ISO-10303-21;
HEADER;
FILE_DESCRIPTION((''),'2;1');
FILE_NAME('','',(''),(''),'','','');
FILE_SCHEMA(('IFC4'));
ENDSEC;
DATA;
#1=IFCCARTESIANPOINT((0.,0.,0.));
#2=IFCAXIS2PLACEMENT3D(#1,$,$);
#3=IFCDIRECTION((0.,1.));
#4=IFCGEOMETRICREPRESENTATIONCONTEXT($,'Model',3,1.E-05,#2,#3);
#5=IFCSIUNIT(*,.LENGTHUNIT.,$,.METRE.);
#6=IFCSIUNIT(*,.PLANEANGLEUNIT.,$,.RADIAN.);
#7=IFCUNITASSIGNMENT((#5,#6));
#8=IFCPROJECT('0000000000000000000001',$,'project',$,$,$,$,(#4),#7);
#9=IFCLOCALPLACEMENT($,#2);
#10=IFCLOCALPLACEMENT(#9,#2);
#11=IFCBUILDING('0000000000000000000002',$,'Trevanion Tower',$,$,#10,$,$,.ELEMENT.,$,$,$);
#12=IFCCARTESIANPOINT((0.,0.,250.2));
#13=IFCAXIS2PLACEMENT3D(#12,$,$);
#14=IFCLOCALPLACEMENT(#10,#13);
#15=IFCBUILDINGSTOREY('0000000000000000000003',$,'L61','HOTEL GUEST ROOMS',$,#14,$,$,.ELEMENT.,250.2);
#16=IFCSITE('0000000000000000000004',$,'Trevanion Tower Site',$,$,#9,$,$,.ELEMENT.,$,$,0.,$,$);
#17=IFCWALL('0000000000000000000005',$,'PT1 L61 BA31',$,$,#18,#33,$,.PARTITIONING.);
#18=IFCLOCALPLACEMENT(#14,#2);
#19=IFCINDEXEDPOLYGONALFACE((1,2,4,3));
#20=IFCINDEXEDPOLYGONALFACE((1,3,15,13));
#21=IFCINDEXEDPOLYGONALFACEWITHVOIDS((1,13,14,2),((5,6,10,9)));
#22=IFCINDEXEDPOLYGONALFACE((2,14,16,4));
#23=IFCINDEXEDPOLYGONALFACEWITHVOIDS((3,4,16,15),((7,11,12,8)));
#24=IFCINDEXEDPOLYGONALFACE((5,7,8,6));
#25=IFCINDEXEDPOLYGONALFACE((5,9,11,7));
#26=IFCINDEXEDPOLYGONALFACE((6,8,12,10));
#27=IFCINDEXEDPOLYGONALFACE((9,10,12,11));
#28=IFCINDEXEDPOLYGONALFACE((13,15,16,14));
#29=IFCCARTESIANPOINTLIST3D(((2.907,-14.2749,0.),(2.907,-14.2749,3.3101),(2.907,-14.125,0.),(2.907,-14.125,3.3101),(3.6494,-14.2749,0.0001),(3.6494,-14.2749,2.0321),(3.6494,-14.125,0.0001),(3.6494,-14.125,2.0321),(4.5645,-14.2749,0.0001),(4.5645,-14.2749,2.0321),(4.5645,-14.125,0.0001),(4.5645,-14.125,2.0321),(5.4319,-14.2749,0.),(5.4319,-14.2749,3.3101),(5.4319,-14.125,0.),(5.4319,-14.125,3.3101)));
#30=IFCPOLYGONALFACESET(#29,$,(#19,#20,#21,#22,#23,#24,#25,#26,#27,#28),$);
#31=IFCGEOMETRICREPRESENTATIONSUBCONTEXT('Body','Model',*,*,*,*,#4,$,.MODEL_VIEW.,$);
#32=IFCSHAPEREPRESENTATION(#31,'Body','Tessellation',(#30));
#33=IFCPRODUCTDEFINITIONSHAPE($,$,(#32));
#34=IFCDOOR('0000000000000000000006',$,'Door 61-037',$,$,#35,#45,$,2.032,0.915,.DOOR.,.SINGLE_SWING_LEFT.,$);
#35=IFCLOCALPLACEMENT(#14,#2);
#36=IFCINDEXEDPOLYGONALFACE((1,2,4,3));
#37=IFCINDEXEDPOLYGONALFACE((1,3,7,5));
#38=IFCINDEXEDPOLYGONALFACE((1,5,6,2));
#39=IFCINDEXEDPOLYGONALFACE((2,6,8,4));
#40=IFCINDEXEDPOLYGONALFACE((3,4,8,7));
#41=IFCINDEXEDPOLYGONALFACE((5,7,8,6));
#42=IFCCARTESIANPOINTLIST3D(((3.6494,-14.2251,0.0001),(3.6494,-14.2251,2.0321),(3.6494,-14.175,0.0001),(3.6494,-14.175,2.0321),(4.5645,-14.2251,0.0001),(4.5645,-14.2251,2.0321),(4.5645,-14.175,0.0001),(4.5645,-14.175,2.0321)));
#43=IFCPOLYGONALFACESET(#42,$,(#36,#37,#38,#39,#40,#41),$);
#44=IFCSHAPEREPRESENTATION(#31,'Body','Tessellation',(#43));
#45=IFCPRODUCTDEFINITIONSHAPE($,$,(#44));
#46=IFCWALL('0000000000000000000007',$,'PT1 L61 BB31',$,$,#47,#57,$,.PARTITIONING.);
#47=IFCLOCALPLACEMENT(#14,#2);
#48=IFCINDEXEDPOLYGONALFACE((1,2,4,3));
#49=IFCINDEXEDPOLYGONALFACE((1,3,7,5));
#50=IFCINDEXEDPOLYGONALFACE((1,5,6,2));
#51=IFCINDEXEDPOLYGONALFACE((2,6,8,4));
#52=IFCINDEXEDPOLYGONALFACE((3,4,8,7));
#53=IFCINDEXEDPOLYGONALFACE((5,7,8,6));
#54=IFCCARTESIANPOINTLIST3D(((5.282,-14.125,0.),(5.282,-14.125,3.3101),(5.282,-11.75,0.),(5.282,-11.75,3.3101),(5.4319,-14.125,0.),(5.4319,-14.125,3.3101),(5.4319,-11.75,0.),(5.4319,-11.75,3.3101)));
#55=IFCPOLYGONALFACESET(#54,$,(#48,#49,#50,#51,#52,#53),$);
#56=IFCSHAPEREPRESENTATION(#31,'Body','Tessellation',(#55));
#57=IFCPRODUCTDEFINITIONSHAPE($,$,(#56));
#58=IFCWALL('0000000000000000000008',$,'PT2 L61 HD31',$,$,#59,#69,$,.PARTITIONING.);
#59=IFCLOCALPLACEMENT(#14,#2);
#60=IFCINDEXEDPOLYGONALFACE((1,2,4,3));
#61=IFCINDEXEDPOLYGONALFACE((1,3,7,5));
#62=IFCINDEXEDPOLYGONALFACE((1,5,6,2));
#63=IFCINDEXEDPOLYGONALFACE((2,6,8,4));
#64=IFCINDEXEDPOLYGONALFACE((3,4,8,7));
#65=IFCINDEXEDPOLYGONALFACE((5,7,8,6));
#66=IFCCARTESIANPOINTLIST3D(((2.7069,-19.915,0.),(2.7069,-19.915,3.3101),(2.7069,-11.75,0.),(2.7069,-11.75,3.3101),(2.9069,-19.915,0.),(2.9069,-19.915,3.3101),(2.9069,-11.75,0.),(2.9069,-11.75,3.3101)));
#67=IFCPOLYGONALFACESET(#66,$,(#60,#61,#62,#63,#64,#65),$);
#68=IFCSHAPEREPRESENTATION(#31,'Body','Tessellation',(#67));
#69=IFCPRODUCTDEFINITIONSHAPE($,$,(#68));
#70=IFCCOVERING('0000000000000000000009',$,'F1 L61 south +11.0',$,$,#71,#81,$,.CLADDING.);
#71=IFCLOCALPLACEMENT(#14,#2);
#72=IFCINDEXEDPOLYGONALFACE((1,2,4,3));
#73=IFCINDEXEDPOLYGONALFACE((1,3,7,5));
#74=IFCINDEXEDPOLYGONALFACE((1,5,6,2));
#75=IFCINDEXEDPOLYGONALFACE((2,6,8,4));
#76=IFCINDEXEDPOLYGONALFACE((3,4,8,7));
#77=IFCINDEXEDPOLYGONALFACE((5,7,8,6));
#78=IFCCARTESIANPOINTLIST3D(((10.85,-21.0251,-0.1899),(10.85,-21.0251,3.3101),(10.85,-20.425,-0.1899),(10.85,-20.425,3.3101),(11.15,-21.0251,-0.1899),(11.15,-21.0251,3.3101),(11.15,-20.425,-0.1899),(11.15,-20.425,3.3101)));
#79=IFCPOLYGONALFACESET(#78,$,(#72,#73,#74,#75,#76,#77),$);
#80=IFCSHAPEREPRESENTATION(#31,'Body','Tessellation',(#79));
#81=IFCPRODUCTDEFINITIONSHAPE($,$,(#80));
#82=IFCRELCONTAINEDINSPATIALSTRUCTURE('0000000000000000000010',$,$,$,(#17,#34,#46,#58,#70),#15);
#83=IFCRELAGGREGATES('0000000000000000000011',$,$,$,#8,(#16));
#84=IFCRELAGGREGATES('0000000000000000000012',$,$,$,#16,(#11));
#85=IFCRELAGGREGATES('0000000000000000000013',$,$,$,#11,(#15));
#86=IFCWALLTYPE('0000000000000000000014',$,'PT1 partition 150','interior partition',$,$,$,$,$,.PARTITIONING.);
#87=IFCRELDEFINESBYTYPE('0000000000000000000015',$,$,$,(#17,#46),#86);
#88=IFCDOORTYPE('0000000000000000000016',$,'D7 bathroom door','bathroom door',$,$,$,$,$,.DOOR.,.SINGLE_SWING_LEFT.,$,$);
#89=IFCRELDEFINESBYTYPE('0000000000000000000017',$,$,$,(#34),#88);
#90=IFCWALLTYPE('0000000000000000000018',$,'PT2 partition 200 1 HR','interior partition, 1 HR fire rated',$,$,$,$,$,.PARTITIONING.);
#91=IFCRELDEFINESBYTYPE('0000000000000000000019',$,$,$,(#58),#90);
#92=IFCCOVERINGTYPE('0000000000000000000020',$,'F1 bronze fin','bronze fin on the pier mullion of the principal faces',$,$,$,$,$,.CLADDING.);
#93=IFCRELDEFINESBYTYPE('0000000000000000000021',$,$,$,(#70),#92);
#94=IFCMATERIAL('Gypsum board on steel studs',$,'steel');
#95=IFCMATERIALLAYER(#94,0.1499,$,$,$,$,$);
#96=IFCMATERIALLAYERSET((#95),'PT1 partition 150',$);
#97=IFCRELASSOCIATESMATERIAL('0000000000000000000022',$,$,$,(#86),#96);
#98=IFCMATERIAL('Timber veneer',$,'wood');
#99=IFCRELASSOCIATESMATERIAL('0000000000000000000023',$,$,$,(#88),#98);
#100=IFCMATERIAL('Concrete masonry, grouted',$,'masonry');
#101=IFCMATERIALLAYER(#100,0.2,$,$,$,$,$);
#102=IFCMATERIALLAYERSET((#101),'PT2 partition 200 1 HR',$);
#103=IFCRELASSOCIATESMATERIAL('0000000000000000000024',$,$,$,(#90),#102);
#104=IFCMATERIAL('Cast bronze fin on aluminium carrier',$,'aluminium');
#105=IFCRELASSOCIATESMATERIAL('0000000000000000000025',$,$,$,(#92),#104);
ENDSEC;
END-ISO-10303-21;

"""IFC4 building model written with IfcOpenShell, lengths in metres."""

from ifc_helpers import new_model, si_unit, direction, frame, frame_2d, origin, origin_2d, place, context, subcontext, project, spatial, rectangle, extrude, material, layer, layer_set, type_object, element, fill, save


model = new_model("IFC4")

# Units and contexts
model_context = context("Model", 3, precision=1e-05, world=origin(), true_north=direction((0.0, 1.0)))
body_context = subcontext(model_context, "Body", "Model", "MODEL_VIEW")
ifc_project = project(units=[si_unit("LENGTHUNIT", "METRE"), si_unit("PLANEANGLEUNIT", "RADIAN")], contexts=[model_context])

# Site, building, storey
site_placement = place(None, origin())
site = spatial("IfcSite", under=ifc_project, at=site_placement, Name="Trevanion Tower Site", CompositionType="ELEMENT", RefElevation=0.0)
building_placement = place(site_placement, origin())
building = spatial("IfcBuilding", under=site, at=building_placement, Name="Trevanion Tower", CompositionType="ELEMENT")
storey_placement = place(building_placement, frame((0.0, 0.0, 250.2)))
storey = spatial("IfcBuildingStorey", under=building, at=storey_placement, Name="L61", Description="HOTEL GUEST ROOMS", CompositionType="ELEMENT", Elevation=250.2)

# Shared definitions
ifc_material_1 = material(Name="Gypsum board on steel studs", Category="steel")
ifc_layer_1 = layer(ifc_material_1, 0.1499)
ifc_layer_set_1 = layer_set([ifc_layer_1], Name="PT1 partition 150")
wall_type_1 = type_object("IfcWallType", Name="PT1 partition 150", Description="interior partition", PredefinedType="PARTITIONING", material=ifc_layer_set_1)

# Wall, opening, door
wall_1_placement = place(storey_placement, frame((2.907, -14.2, 0.0), z_axis=(0.0, 0.0, 1.0), x_axis=(1.0, 0.0, 0.0)))
wall_1 = element("IfcWall", 1, at=wall_1_placement, inside=storey, type_object=wall_type_1, Name="PT1 L61 BA31", PredefinedType="PARTITIONING", context=body_context, shape_type="SweptSolid", body=[
    extrude(rectangle(XDim=2.5249, YDim=0.1499, at=frame_2d((1.2625, 0.0))), origin(), (0.0, 0.0, 1.0), 3.3101),
])
opening_placement = place(wall_1_placement, frame((0.7424, 0.0, 0.0)))
opening = element("IfcOpeningElement", 2, at=opening_placement, cuts=wall_1, PredefinedType="OPENING", context=body_context, shape_type="SweptSolid", body=[
    extrude(rectangle(XDim=0.915, YDim=2.032, at=frame_2d((0.4575, 1.0161))), frame((0.0, 0.085, 0.0), z_axis=(0.0, -1.0, 0.0), x_axis=(1.0, 0.0, 0.0)), (0.0, 0.0, 1.0), 0.1699),
])
ifc_material_2 = material(Name="Timber veneer", Category="wood")
door_type = type_object("IfcDoorType", Name="D7 bathroom door", Description="bathroom door", OperationType="SINGLE_SWING_LEFT", PredefinedType="DOOR", material=ifc_material_2)
door_placement = place(opening_placement, origin())
door = element("IfcDoor", 3, at=door_placement, inside=storey, type_object=door_type, Name="Door 61-037", OperationType="SINGLE_SWING_LEFT", OverallHeight=2.032, OverallWidth=0.915, PredefinedType="DOOR", context=body_context, shape_type="SweptSolid", body=[
    extrude(rectangle(XDim=0.915, YDim=2.032, at=frame_2d((0.4575, 1.0161))), frame((0.0, 0.0249, 0.0), z_axis=(0.0, -1.0, 0.0), x_axis=(1.0, 0.0, 0.0)), (0.0, 0.0, 1.0), 0.05),
])
fill(opening, door)

# Walls
wall_2_placement = place(storey_placement, frame((5.3569, -11.75, 0.0), z_axis=(0.0, 0.0, 1.0), x_axis=(0.0, -1.0, 0.0)))
element("IfcWall", 4, at=wall_2_placement, inside=storey, type_object=wall_type_1, Name="PT1 L61 BB31", PredefinedType="PARTITIONING", context=body_context, shape_type="SweptSolid", body=[
    extrude(rectangle(XDim=2.375, YDim=0.1499, at=frame_2d((1.1875, 0.0))), origin(), (0.0, 0.0, 1.0), 3.3101),
])
ifc_material_3 = material(Name="Concrete masonry, grouted", Category="masonry")
ifc_layer_2 = layer(ifc_material_3, 0.2)
ifc_layer_set_2 = layer_set([ifc_layer_2], Name="PT2 partition 200 1 HR")
wall_type_2 = type_object("IfcWallType", Name="PT2 partition 200 1 HR", Description="interior partition, 1 HR fire rated", PredefinedType="PARTITIONING", material=ifc_layer_set_2)
wall_3_placement = place(storey_placement, frame((2.8069, -11.75, 0.0), z_axis=(0.0, 0.0, 1.0), x_axis=(0.0, -1.0, 0.0)))
element("IfcWall", 5, at=wall_3_placement, inside=storey, type_object=wall_type_2, Name="PT2 L61 HD31", PredefinedType="PARTITIONING", context=body_context, shape_type="SweptSolid", body=[
    extrude(rectangle(XDim=8.165, YDim=0.2, at=frame_2d((4.0825, 0.0))), origin(), (0.0, 0.0, 1.0), 3.3101),
])

# Covering
ifc_material_4 = material(Name="Cast bronze fin on aluminium carrier", Category="aluminium")
covering_type = type_object("IfcCoveringType", Name="F1 bronze fin", Description="bronze fin on the pier mullion of the principal faces", PredefinedType="CLADDING", material=ifc_material_4)
covering_placement = place(storey_placement, frame((11.0, -20.7251, -0.1899), z_axis=(0.0, 0.0, 1.0), x_axis=(1.0, 0.0, 0.0)))
element("IfcCovering", 6, at=covering_placement, inside=storey, type_object=covering_type, Name="F1 L61 south +11.0", PredefinedType="CLADDING", context=body_context, shape_type="SweptSolid", body=[
    extrude(rectangle(XDim=0.3, YDim=0.6001, at=origin_2d()), origin(), (0.0, 0.0, 1.0), 3.5),
])

save(model, "model.ifc")
